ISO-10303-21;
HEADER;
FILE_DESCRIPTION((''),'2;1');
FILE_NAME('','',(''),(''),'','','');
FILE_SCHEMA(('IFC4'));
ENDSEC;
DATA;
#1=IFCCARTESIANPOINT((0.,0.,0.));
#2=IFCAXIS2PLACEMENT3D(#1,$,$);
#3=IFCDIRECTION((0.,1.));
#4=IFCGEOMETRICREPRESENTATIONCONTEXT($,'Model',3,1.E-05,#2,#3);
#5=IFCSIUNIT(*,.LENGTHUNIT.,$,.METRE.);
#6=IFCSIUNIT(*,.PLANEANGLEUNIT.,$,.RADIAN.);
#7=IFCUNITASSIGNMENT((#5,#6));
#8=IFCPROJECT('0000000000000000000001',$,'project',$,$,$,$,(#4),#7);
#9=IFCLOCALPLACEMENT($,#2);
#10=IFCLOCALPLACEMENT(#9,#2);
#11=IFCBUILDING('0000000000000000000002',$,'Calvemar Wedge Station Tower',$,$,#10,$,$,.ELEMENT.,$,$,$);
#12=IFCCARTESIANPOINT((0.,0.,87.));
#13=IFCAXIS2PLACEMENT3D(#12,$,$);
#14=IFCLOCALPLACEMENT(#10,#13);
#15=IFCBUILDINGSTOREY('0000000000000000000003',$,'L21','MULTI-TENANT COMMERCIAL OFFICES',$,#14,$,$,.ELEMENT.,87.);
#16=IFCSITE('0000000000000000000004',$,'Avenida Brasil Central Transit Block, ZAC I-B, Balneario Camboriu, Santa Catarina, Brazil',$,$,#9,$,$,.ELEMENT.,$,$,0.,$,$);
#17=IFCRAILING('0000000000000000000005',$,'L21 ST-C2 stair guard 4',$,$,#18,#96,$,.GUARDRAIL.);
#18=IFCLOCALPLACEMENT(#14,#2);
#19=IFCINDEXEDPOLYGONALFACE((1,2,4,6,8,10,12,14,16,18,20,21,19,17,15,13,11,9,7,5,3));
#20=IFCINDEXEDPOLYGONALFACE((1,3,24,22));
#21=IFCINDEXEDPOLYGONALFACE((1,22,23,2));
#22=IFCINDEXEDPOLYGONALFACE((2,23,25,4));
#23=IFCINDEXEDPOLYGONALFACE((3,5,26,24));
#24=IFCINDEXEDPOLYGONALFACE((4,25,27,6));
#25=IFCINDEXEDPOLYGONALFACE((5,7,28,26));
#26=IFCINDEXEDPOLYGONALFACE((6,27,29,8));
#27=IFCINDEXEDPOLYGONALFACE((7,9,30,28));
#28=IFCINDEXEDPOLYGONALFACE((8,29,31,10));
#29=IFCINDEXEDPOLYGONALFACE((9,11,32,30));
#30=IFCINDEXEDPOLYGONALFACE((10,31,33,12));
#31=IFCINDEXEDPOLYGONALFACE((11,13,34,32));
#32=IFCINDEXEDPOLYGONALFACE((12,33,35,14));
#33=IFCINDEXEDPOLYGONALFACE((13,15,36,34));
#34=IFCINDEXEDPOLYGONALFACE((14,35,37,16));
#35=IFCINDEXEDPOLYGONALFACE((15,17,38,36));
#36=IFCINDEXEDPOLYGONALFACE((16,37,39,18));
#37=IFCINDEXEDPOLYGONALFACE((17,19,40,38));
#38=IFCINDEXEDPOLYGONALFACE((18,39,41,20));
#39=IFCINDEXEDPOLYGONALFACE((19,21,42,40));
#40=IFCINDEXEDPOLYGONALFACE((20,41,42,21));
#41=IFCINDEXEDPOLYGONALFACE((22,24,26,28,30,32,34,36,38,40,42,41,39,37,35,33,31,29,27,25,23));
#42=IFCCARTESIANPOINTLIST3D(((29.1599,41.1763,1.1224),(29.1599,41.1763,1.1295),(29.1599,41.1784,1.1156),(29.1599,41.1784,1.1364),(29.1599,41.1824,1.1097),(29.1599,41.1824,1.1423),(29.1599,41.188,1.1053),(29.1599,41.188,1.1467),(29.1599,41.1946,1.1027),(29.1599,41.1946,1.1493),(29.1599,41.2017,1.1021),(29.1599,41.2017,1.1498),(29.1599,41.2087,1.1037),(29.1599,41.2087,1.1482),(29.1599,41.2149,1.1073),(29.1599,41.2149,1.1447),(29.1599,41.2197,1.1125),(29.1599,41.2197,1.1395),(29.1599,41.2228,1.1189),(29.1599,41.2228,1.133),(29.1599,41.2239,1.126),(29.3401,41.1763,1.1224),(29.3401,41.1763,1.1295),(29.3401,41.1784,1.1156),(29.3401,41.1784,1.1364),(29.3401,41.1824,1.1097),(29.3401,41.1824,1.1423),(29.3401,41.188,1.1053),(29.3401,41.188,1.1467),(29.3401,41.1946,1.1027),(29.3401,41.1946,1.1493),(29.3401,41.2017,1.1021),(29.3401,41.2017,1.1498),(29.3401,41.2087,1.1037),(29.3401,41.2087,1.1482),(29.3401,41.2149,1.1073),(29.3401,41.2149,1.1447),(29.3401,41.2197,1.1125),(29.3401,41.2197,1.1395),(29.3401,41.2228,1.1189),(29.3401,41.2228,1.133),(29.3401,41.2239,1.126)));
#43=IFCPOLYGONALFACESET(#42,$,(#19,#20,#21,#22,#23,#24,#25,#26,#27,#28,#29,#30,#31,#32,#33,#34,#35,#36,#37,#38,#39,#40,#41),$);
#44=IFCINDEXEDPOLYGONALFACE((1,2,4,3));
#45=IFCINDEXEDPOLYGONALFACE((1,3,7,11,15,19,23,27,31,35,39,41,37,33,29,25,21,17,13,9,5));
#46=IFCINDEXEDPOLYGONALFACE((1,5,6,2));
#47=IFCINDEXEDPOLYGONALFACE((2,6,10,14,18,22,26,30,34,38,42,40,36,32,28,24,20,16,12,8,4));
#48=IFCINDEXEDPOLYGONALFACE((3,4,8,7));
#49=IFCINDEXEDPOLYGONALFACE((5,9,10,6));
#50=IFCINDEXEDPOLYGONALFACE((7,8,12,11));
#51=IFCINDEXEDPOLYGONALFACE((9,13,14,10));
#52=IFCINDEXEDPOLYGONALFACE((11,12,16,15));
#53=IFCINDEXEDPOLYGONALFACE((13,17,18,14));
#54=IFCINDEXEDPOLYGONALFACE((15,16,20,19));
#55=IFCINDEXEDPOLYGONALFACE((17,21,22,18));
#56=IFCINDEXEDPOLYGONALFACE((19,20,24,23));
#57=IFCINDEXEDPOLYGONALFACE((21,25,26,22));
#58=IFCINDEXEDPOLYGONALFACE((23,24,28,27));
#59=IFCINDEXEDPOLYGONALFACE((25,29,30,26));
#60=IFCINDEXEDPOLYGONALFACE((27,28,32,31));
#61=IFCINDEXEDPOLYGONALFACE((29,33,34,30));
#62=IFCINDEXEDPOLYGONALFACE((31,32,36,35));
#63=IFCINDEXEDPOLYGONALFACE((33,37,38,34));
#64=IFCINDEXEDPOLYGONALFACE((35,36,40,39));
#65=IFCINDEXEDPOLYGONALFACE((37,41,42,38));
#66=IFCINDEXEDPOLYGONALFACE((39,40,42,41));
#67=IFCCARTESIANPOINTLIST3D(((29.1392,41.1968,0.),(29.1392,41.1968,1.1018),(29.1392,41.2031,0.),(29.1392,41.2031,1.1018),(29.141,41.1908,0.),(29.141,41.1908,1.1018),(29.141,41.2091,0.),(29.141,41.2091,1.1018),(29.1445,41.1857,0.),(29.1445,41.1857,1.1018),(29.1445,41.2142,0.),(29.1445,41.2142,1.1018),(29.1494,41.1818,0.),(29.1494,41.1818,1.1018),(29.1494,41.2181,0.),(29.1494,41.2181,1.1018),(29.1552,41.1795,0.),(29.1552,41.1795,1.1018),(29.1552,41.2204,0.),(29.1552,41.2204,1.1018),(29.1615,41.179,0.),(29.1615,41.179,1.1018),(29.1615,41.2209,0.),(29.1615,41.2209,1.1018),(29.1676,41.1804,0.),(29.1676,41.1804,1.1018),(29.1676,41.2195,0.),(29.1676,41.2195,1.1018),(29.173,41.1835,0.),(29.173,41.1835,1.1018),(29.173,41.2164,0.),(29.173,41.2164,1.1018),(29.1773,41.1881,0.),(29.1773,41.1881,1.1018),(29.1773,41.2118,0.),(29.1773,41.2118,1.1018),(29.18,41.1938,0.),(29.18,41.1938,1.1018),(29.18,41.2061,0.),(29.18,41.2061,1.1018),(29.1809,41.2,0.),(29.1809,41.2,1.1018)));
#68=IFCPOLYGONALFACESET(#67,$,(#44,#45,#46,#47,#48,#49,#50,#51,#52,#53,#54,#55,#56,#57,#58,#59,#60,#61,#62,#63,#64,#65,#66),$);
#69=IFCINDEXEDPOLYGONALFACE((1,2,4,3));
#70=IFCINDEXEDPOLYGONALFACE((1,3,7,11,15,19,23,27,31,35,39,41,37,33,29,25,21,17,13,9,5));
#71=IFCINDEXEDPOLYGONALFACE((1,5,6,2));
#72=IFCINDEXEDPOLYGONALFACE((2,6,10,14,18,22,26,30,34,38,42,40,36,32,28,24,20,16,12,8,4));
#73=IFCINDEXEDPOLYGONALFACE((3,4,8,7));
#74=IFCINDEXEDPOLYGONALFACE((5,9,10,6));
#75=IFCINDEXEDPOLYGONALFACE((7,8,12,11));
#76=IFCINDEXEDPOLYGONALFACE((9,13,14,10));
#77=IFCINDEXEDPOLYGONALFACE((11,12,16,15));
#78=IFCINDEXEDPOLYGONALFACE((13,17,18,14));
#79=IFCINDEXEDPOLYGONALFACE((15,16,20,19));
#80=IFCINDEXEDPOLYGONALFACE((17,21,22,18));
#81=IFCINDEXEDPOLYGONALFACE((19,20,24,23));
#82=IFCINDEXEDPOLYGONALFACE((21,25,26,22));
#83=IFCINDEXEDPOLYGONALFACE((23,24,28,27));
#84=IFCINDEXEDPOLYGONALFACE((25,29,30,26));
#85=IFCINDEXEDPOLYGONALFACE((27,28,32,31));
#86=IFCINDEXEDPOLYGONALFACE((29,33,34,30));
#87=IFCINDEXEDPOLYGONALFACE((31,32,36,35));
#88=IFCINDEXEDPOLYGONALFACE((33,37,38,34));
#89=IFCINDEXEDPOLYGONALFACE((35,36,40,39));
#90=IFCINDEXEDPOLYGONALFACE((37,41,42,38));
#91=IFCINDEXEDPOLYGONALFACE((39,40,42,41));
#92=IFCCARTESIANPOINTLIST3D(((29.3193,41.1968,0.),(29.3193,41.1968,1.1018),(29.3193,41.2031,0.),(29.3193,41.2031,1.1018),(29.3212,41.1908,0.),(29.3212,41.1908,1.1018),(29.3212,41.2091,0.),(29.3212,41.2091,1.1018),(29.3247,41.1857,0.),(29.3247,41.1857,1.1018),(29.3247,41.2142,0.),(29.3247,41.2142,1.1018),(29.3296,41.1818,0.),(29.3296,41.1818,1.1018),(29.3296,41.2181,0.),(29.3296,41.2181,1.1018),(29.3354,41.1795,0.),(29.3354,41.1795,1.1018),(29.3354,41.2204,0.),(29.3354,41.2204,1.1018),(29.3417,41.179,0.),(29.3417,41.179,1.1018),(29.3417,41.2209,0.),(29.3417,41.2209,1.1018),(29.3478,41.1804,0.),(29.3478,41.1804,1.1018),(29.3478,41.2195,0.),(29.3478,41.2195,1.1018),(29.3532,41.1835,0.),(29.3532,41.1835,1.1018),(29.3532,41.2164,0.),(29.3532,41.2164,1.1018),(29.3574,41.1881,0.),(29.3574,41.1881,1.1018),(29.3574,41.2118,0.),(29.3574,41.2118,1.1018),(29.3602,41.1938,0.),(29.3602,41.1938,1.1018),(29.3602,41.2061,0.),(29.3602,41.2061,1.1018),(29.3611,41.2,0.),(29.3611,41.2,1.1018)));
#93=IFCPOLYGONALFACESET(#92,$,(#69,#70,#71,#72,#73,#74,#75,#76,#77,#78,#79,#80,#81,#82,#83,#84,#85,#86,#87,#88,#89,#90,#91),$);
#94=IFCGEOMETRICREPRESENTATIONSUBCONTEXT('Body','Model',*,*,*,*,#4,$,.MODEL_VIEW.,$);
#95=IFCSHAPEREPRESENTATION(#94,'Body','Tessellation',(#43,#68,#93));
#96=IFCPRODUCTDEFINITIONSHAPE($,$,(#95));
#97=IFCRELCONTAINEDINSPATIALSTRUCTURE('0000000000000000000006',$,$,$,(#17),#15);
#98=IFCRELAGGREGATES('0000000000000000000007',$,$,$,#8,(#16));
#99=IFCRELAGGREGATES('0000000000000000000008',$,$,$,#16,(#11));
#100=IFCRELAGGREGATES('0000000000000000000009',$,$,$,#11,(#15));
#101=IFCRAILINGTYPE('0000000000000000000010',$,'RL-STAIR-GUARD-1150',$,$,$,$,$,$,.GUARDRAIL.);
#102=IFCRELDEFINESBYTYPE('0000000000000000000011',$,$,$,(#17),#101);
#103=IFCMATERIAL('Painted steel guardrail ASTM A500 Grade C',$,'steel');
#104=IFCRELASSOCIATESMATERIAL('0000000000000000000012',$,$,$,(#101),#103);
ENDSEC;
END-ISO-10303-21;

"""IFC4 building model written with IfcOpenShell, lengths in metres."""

from ifc_helpers import new_model, si_unit, direction, frame, origin, origin_2d, place, context, subcontext, project, spatial, circle, extrude, material, type_object, element, save


model = new_model("IFC4")

# Units and contexts
model_context = context("Model", 3, precision=1e-05, world=origin(), true_north=direction((0.0, 1.0)))
body_context = subcontext(model_context, "Body", "Model", "MODEL_VIEW")
ifc_project = project(units=[si_unit("LENGTHUNIT", "METRE"), si_unit("PLANEANGLEUNIT", "RADIAN")], contexts=[model_context])

# Site, building, storey
site_placement = place(None, origin())
site = spatial("IfcSite", under=ifc_project, at=site_placement, Name="Avenida Brasil Central Transit Block, ZAC I-B, Balneario Camboriu, Santa Catarina, Brazil", CompositionType="ELEMENT", RefElevation=0.0)
building_placement = place(site_placement, origin())
building = spatial("IfcBuilding", under=site, at=building_placement, Name="Calvemar Wedge Station Tower", CompositionType="ELEMENT")
storey_placement = place(building_placement, frame((0.0, 0.0, 87.0)))
storey = spatial("IfcBuildingStorey", under=building, at=storey_placement, Name="L21", Description="MULTI-TENANT COMMERCIAL OFFICES", CompositionType="ELEMENT", Elevation=87.0)

# Railing
ifc_material_1 = material(Name="Painted steel guardrail ASTM A500 Grade C", Category="steel")
railing_type_1 = type_object("IfcRailingType", Name="RL-STAIR-GUARD-1150", PredefinedType="GUARDRAIL", material=ifc_material_1)
railing_1_placement = place(storey_placement, frame((29.1599, 41.2, 0.0)))
element("IfcRailing", 1, at=railing_1_placement, inside=storey, type_object=railing_type_1, Name="L21 ST-C2 stair guard 4", PredefinedType="GUARDRAIL", context=body_context, shape_type="SweptSolid", body=[
    extrude(circle(Radius=0.0239, at=origin_2d()), frame((0.0, 0.0, 1.126), z_axis=(1.0, 0.0, 0.0), x_axis=(0.0, 1.0, 0.0)), (0.0, 0.0, 1.0), 0.1802),
    extrude(circle(Radius=0.021, at=origin_2d()), origin(), (0.0, 0.0, 1.0), 1.1018),
    extrude(circle(Radius=0.021, at=origin_2d()), frame((0.1802, 0.0, 0.0)), (0.0, 0.0, 1.0), 1.1018),
])

save(model, "model.ifc")
